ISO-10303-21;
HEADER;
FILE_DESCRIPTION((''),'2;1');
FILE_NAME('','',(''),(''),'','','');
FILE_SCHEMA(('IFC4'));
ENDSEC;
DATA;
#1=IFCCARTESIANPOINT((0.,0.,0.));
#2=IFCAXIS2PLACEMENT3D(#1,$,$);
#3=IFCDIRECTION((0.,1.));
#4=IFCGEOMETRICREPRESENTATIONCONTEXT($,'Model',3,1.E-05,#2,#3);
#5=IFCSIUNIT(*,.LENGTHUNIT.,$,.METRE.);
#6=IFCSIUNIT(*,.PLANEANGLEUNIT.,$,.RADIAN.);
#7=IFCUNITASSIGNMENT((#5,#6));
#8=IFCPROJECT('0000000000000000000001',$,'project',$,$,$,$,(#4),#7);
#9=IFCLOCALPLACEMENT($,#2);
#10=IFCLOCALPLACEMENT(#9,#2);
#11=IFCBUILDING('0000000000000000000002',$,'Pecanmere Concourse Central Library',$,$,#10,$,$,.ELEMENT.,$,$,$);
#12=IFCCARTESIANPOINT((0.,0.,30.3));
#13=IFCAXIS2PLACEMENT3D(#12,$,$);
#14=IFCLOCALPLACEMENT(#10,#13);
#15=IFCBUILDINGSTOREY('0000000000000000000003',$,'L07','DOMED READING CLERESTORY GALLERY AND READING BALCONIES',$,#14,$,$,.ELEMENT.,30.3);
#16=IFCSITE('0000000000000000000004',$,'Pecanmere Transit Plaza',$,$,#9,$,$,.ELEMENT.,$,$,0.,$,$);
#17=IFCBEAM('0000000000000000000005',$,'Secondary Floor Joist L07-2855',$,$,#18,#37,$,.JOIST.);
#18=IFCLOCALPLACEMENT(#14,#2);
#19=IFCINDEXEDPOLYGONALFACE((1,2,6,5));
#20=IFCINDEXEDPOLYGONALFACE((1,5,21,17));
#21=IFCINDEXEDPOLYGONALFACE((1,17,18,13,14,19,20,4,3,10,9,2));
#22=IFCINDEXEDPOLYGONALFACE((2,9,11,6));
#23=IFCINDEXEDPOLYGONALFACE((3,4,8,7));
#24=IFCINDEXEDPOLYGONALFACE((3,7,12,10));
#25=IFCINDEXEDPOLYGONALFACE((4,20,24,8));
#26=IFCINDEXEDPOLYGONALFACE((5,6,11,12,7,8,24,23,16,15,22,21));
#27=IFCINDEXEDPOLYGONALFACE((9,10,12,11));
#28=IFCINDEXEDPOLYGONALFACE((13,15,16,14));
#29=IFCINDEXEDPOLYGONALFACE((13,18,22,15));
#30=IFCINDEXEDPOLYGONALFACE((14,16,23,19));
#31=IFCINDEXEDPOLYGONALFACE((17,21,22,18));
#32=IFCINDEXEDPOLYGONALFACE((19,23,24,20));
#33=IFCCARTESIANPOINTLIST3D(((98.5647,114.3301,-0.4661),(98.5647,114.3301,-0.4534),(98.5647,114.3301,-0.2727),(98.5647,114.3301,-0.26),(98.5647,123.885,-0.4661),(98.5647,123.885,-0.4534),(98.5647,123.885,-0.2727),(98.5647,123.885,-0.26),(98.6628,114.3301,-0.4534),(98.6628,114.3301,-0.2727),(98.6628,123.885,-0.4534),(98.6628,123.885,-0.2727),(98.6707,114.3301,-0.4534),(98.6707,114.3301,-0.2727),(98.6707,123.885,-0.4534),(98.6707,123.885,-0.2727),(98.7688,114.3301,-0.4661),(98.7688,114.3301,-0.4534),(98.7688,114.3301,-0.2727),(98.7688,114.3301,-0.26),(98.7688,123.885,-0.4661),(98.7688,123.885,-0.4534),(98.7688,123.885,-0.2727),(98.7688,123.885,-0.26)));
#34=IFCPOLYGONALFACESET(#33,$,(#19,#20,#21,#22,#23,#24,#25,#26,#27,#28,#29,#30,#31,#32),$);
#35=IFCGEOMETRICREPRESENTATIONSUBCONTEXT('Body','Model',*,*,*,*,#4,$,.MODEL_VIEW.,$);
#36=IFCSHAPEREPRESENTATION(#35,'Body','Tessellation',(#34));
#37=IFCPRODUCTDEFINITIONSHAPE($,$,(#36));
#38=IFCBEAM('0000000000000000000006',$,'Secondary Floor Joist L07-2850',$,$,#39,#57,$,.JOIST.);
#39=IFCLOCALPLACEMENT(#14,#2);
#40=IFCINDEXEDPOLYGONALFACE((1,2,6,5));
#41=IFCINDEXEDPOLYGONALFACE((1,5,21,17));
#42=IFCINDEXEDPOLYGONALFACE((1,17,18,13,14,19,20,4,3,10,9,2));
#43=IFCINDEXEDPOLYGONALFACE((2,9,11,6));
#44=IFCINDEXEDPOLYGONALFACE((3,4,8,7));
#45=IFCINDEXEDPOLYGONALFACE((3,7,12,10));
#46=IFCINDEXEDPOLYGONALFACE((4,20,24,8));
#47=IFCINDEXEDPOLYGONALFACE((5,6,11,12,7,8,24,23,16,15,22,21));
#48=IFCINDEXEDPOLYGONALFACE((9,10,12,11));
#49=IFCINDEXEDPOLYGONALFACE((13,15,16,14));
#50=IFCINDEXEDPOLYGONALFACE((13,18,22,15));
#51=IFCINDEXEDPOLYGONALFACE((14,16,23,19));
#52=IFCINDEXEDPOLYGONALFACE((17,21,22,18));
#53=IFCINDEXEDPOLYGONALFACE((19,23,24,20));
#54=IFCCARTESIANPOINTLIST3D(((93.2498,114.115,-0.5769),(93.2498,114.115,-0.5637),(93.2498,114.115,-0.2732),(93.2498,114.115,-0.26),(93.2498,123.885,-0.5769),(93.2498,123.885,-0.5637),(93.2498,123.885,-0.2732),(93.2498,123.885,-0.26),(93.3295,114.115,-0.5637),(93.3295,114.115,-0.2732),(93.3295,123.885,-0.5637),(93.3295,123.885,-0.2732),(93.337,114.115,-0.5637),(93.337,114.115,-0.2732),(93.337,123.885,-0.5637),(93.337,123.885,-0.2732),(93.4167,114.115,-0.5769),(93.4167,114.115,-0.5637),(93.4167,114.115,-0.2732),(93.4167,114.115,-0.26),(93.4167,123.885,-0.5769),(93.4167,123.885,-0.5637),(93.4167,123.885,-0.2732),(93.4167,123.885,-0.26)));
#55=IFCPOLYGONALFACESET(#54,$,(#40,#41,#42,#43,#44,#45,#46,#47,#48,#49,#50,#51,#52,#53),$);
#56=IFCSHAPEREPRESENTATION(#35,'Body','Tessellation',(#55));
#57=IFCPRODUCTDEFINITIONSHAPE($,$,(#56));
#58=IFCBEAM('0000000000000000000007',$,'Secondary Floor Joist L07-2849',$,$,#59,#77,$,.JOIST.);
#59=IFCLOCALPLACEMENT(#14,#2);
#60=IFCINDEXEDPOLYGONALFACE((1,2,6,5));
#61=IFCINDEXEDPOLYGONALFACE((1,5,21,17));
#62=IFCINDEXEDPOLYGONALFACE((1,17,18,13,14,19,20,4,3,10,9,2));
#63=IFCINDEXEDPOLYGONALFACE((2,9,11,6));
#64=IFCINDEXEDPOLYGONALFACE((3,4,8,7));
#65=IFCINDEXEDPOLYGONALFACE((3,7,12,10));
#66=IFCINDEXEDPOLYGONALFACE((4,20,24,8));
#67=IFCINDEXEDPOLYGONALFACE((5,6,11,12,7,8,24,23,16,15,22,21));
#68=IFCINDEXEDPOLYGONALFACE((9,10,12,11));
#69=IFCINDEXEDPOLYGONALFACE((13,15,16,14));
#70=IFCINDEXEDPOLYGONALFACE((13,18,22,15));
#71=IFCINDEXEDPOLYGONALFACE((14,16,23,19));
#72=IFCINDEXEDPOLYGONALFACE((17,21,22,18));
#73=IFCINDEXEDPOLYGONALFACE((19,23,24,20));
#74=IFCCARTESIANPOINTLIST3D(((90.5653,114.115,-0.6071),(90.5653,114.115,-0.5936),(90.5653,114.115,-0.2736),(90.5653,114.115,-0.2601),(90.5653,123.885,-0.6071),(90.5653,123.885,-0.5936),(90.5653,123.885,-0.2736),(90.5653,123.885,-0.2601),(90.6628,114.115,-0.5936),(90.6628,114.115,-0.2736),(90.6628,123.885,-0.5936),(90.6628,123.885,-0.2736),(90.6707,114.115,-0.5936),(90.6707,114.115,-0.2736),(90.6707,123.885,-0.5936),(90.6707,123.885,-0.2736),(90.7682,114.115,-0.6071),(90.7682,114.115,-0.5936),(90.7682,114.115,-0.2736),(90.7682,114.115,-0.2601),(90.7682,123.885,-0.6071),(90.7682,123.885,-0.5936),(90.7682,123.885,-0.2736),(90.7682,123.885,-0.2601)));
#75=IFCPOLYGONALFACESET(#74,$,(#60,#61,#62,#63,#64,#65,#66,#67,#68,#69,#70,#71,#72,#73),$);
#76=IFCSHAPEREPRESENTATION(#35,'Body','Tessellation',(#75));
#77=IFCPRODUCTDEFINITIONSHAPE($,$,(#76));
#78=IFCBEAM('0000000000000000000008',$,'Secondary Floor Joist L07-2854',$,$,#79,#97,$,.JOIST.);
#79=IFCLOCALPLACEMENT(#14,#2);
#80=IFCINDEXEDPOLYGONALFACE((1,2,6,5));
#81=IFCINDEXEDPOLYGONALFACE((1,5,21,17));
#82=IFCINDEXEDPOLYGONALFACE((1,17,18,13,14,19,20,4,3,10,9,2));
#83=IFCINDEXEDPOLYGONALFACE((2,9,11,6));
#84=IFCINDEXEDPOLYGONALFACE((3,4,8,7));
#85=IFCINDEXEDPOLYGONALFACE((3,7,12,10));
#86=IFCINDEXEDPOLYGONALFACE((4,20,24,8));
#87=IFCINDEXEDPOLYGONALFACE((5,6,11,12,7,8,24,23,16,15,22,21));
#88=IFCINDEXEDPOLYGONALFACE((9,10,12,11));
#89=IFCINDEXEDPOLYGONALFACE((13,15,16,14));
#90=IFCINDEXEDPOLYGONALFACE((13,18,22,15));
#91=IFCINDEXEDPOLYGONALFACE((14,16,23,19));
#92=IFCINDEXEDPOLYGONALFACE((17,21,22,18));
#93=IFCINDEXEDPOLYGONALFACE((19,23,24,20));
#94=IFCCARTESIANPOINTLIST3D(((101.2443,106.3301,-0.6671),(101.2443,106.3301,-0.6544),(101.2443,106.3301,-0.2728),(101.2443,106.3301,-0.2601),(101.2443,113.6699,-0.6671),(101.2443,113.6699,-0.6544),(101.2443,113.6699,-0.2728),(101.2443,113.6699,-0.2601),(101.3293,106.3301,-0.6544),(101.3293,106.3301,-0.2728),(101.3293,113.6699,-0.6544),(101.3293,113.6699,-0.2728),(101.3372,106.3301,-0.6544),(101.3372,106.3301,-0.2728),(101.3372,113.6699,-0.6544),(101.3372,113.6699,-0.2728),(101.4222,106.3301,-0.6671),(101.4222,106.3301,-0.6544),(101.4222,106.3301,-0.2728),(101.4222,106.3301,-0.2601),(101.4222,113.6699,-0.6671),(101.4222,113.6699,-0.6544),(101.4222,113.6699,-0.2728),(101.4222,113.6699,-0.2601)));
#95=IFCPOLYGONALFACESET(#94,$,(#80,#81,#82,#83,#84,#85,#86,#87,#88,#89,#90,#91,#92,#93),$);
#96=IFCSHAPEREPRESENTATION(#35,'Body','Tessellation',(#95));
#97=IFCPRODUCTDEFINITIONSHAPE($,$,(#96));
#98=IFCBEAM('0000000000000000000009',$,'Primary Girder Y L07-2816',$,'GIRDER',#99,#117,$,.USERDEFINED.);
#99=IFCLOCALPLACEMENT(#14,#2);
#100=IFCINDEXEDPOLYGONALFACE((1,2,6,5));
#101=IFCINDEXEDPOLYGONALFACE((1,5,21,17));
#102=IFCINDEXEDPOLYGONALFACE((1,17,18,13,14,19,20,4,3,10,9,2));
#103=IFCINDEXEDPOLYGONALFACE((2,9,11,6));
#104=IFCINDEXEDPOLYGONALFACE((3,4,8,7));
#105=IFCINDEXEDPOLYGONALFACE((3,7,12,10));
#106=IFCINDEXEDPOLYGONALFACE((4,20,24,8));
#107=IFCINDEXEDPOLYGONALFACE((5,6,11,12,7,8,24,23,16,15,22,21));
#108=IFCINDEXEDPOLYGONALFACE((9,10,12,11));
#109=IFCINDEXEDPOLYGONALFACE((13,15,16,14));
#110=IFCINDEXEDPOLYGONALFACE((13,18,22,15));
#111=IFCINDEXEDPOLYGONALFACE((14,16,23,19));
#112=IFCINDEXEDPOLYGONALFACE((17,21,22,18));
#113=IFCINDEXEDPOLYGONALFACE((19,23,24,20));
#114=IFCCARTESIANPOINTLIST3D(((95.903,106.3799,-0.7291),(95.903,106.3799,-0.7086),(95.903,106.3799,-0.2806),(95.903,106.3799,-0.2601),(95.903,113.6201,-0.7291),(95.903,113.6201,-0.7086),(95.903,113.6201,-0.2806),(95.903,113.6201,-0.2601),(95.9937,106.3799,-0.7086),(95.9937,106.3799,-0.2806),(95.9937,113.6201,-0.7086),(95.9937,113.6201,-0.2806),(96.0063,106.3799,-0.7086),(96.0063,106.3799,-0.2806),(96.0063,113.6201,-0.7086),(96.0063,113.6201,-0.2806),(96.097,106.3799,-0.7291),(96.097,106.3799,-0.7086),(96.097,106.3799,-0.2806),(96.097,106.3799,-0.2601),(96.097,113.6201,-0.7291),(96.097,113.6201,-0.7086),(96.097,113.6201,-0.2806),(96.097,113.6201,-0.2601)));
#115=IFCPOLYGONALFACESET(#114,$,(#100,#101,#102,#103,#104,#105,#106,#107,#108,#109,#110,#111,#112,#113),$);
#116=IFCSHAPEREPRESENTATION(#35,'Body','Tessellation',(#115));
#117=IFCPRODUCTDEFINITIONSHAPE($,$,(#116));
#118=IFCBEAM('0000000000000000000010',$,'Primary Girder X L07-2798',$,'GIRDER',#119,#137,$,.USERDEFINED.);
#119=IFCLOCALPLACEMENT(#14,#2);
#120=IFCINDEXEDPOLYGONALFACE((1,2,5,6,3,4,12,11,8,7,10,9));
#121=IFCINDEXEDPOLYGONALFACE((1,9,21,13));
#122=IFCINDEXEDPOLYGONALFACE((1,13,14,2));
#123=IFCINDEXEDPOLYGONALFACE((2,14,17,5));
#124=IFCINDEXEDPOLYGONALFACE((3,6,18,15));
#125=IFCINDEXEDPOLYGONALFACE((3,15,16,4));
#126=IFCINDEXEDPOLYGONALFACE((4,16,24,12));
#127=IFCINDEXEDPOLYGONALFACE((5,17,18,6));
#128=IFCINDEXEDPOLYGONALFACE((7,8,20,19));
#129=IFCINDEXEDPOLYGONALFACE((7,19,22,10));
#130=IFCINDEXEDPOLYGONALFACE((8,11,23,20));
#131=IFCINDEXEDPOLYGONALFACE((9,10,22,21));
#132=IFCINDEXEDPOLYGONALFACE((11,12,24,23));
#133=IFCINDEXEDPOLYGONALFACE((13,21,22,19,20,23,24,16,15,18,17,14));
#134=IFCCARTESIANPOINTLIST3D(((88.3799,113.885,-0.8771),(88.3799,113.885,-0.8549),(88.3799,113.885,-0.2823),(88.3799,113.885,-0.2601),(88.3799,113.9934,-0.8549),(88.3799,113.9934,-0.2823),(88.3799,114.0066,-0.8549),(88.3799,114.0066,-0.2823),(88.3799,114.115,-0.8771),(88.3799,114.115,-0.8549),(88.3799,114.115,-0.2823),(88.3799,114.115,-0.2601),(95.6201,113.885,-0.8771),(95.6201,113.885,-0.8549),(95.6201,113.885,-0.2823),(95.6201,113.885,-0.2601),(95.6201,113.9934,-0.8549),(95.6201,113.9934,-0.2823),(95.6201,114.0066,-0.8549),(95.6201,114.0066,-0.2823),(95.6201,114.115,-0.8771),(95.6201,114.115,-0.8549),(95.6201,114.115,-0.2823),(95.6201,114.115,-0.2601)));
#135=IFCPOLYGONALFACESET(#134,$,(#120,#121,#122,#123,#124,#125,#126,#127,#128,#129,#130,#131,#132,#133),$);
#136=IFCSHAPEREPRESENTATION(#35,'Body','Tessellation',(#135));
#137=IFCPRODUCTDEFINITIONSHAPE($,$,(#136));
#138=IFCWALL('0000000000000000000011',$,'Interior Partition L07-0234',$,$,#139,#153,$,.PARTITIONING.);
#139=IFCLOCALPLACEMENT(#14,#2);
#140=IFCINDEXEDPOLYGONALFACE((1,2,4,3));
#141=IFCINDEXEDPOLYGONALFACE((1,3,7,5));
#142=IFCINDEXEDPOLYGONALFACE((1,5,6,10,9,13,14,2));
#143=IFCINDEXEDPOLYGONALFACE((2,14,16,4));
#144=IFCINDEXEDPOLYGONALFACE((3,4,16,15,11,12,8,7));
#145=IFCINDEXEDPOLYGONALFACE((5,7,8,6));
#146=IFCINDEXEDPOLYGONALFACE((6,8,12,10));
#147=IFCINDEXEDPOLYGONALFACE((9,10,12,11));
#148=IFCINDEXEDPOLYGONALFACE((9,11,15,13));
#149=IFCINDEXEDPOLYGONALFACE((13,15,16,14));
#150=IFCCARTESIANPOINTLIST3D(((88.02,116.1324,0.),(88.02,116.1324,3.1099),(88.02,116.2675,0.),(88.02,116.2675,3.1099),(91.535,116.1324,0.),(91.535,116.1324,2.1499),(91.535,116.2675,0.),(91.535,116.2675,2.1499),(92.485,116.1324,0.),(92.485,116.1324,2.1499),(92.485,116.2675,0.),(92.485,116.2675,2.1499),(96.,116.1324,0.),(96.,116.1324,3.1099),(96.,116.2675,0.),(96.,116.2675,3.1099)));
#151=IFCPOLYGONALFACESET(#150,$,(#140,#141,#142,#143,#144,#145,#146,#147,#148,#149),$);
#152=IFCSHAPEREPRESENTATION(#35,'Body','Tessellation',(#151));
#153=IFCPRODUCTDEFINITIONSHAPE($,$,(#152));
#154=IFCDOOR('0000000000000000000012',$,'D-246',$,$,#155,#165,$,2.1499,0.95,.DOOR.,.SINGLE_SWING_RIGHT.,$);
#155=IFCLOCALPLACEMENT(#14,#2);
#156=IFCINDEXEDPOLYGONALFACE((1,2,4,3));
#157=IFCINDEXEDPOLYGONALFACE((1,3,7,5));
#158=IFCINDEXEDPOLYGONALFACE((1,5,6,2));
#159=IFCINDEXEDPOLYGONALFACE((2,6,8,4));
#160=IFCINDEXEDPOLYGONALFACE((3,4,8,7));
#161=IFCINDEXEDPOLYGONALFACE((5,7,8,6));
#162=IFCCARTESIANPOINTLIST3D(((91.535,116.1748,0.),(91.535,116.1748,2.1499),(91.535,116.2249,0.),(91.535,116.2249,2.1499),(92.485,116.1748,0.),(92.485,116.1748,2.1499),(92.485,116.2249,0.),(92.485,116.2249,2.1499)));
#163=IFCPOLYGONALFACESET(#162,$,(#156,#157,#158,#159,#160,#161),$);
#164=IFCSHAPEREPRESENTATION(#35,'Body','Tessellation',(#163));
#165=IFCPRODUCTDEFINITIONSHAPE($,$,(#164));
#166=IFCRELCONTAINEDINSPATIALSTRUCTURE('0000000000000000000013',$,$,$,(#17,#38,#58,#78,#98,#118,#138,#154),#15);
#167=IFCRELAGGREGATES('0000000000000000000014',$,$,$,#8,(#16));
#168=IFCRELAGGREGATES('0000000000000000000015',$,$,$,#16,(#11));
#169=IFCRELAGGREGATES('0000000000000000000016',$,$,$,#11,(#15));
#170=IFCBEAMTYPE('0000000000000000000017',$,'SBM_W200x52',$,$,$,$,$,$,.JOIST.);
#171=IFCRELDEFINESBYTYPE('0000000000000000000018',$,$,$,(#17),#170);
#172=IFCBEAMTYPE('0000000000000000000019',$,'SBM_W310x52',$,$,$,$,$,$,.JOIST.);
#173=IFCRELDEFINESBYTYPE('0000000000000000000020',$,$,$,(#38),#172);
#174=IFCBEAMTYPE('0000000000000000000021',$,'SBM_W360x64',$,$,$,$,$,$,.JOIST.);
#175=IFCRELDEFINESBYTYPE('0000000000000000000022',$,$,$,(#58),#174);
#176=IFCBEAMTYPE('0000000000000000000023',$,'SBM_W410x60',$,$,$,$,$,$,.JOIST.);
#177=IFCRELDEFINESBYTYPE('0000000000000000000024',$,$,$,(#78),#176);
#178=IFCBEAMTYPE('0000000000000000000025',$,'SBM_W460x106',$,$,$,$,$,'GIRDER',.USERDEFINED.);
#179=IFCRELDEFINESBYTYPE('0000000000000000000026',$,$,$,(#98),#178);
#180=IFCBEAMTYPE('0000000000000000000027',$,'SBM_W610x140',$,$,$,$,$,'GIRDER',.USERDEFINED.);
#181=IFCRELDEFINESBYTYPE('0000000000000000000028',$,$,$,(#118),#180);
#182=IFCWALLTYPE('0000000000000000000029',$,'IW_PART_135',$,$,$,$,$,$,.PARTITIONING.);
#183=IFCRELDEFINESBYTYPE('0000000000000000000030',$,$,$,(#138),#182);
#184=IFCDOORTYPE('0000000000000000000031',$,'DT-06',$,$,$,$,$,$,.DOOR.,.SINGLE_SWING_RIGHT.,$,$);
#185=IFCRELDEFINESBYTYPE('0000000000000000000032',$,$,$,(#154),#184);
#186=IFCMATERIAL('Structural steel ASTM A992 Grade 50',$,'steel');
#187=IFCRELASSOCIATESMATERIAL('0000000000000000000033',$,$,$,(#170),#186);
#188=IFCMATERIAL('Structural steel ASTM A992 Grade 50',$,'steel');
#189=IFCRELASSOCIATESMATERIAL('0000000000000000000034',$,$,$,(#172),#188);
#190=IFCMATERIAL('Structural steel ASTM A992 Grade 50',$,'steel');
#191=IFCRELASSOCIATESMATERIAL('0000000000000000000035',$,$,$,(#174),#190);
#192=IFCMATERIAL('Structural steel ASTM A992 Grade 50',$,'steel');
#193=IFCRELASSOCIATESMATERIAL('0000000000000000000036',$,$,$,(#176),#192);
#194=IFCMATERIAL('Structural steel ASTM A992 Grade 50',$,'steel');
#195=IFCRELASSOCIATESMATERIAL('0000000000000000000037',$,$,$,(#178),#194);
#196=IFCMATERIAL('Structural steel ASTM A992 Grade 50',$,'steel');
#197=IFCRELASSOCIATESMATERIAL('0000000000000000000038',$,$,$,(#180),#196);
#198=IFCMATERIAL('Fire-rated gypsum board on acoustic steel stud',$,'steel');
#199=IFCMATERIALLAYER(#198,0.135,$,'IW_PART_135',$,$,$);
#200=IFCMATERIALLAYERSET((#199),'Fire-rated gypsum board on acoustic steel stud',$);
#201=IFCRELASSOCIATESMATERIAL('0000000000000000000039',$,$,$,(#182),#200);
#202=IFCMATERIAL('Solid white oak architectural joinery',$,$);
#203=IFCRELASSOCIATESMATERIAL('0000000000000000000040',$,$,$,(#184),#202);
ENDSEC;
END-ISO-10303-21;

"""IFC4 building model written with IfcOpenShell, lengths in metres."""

from ifc_helpers import new_model, si_unit, direction, frame, frame_2d, origin, origin_2d, place, context, subcontext, project, spatial, rectangle, i_section, extrude, material, layer, layer_set, material_profile, profile_set, type_object, element, fill, save


model = new_model("IFC4")

# Units and contexts
model_context = context("Model", 3, precision=1e-05, world=origin(), true_north=direction((0.0, 1.0)))
body_context = subcontext(model_context, "Body", "Model", "MODEL_VIEW")
ifc_project = project(units=[si_unit("LENGTHUNIT", "METRE"), si_unit("PLANEANGLEUNIT", "RADIAN")], contexts=[model_context])

# Site, building, storey
site_placement = place(None, origin())
site = spatial("IfcSite", under=ifc_project, at=site_placement, Name="Pecanmere Transit Plaza", CompositionType="ELEMENT", RefElevation=0.0)
building_placement = place(site_placement, origin())
building = spatial("IfcBuilding", under=site, at=building_placement, Name="Pecanmere Concourse Central Library", CompositionType="ELEMENT")
storey_placement = place(building_placement, frame((0.0, 0.0, 30.3)))
storey = spatial("IfcBuildingStorey", under=building, at=storey_placement, Name="L07", Description="DOMED READING CLERESTORY GALLERY AND READING BALCONIES", CompositionType="ELEMENT", Elevation=30.3)

# Beams
ifc_material_1 = material(Name="Structural steel ASTM A992 Grade 50", Category="steel")
ifc_material_profile_1 = material_profile(ifc_material_1, i_section(OverallWidth=0.2041, OverallDepth=0.2061, WebThickness=0.0078, FlangeThickness=0.0127, at=origin_2d()), Name="W200x52")
ifc_profile_set_1 = profile_set([ifc_material_profile_1], Name="Structural steel ASTM A992 Grade 50")
beam_type_1 = type_object("IfcBeamType", Name="SBM_W200x52", PredefinedType="JOIST", material=ifc_profile_set_1)
beam_1_placement = place(storey_placement, frame((98.6667, 114.3301, -0.363), z_axis=(0.0, 1.0, 0.0), x_axis=(-1.0, 0.0, 0.0)))
element("IfcBeam", 1, at=beam_1_placement, inside=storey, type_object=beam_type_1, Name="Secondary Floor Joist L07-2855", PredefinedType="JOIST", context=body_context, shape_type="SweptSolid", body=[
    extrude(i_section(OverallWidth=0.2041, OverallDepth=0.2061, WebThickness=0.0078, FlangeThickness=0.0127, at=origin_2d()), origin(), (0.0, 0.0, 1.0), 9.5549),
])
ifc_material_2 = material(Name="Structural steel ASTM A992 Grade 50", Category="steel")
ifc_material_profile_2 = material_profile(ifc_material_2, i_section(OverallWidth=0.167, OverallDepth=0.3169, WebThickness=0.0076, FlangeThickness=0.0132, at=origin_2d()), Name="W310x52")
ifc_profile_set_2 = profile_set([ifc_material_profile_2], Name="Structural steel ASTM A992 Grade 50")
beam_type_2 = type_object("IfcBeamType", Name="SBM_W310x52", PredefinedType="JOIST", material=ifc_profile_set_2)
beam_2_placement = place(storey_placement, frame((93.3333, 114.115, -0.4185), z_axis=(0.0, 1.0, 0.0), x_axis=(-1.0, 0.0, 0.0)))
element("IfcBeam", 2, at=beam_2_placement, inside=storey, type_object=beam_type_2, Name="Secondary Floor Joist L07-2850", PredefinedType="JOIST", context=body_context, shape_type="SweptSolid", body=[
    extrude(i_section(OverallWidth=0.167, OverallDepth=0.3169, WebThickness=0.0076, FlangeThickness=0.0132, at=origin_2d()), origin(), (0.0, 0.0, 1.0), 9.77),
])
ifc_material_3 = material(Name="Structural steel ASTM A992 Grade 50", Category="steel")
ifc_material_profile_3 = material_profile(ifc_material_3, i_section(OverallWidth=0.2029, OverallDepth=0.3469, WebThickness=0.0078, FlangeThickness=0.0134, at=origin_2d()), Name="W360x64")
ifc_profile_set_3 = profile_set([ifc_material_profile_3], Name="Structural steel ASTM A992 Grade 50")
beam_type_3 = type_object("IfcBeamType", Name="SBM_W360x64", PredefinedType="JOIST", material=ifc_profile_set_3)
beam_3_placement = place(storey_placement, frame((90.6667, 114.115, -0.4336), z_axis=(0.0, 1.0, 0.0), x_axis=(-1.0, 0.0, 0.0)))
element("IfcBeam", 3, at=beam_3_placement, inside=storey, type_object=beam_type_3, Name="Secondary Floor Joist L07-2849", PredefinedType="JOIST", context=body_context, shape_type="SweptSolid", body=[
    extrude(i_section(OverallWidth=0.2029, OverallDepth=0.3469, WebThickness=0.0078, FlangeThickness=0.0134, at=origin_2d()), origin(), (0.0, 0.0, 1.0), 9.77),
])
ifc_material_4 = material(Name="Structural steel ASTM A992 Grade 50", Category="steel")
ifc_material_profile_4 = material_profile(ifc_material_4, i_section(OverallWidth=0.178, OverallDepth=0.407, WebThickness=0.0078, FlangeThickness=0.0127, at=origin_2d()), Name="W410x60")
ifc_profile_set_4 = profile_set([ifc_material_profile_4], Name="Structural steel ASTM A992 Grade 50")
beam_type_4 = type_object("IfcBeamType", Name="SBM_W410x60", PredefinedType="JOIST", material=ifc_profile_set_4)
beam_4_placement = place(storey_placement, frame((101.3333, 106.3301, -0.4636), z_axis=(0.0, 1.0, 0.0), x_axis=(-1.0, 0.0, 0.0)))
element("IfcBeam", 4, at=beam_4_placement, inside=storey, type_object=beam_type_4, Name="Secondary Floor Joist L07-2854", PredefinedType="JOIST", context=body_context, shape_type="SweptSolid", body=[
    extrude(i_section(OverallWidth=0.178, OverallDepth=0.407, WebThickness=0.0078, FlangeThickness=0.0127, at=origin_2d()), origin(), (0.0, 0.0, 1.0), 7.3398),
])
ifc_material_5 = material(Name="Structural steel ASTM A992 Grade 50", Category="steel")
ifc_material_profile_5 = material_profile(ifc_material_5, i_section(OverallWidth=0.1941, OverallDepth=0.469, WebThickness=0.0127, FlangeThickness=0.0205, at=origin_2d()), Name="W460x106")
ifc_profile_set_5 = profile_set([ifc_material_profile_5], Name="Structural steel ASTM A992 Grade 50")
beam_type_5 = type_object("IfcBeamType", Name="SBM_W460x106", ElementType="GIRDER", PredefinedType="USERDEFINED", material=ifc_profile_set_5)
beam_5_placement = place(storey_placement, frame((96.0, 106.3799, -0.4946), z_axis=(0.0, 1.0, 0.0), x_axis=(-1.0, 0.0, 0.0)))
element("IfcBeam", 5, at=beam_5_placement, inside=storey, type_object=beam_type_5, Name="Primary Girder Y L07-2816", ObjectType="GIRDER", PredefinedType="USERDEFINED", context=body_context, shape_type="SweptSolid", body=[
    extrude(i_section(OverallWidth=0.1941, OverallDepth=0.469, WebThickness=0.0127, FlangeThickness=0.0205, at=origin_2d()), origin(), (0.0, 0.0, 1.0), 7.2402),
])
ifc_material_6 = material(Name="Structural steel ASTM A992 Grade 50", Category="steel")
ifc_material_profile_6 = material_profile(ifc_material_6, i_section(OverallWidth=0.23, OverallDepth=0.6169, WebThickness=0.0132, FlangeThickness=0.0222, at=origin_2d()), Name="W610x140")
ifc_profile_set_6 = profile_set([ifc_material_profile_6], Name="Structural steel ASTM A992 Grade 50")
beam_type_6 = type_object("IfcBeamType", Name="SBM_W610x140", ElementType="GIRDER", PredefinedType="USERDEFINED", material=ifc_profile_set_6)
beam_6_placement = place(storey_placement, frame((88.3799, 114.0, -0.5686), z_axis=(1.0, 0.0, 0.0), x_axis=(0.0, 1.0, 0.0)))
element("IfcBeam", 6, at=beam_6_placement, inside=storey, type_object=beam_type_6, Name="Primary Girder X L07-2798", ObjectType="GIRDER", PredefinedType="USERDEFINED", context=body_context, shape_type="SweptSolid", body=[
    extrude(i_section(OverallWidth=0.23, OverallDepth=0.6169, WebThickness=0.0132, FlangeThickness=0.0222, at=origin_2d()), origin(), (0.0, 0.0, 1.0), 7.2402),
])

# Wall, opening, door
ifc_material_7 = material(Name="Fire-rated gypsum board on acoustic steel stud", Category="steel")
ifc_layer_1 = layer(ifc_material_7, 0.135, Name="IW_PART_135")
ifc_layer_set_1 = layer_set([ifc_layer_1], Name="Fire-rated gypsum board on acoustic steel stud")
wall_type_1 = type_object("IfcWallType", Name="IW_PART_135", PredefinedType="PARTITIONING", material=ifc_layer_set_1)
wall_1_placement = place(storey_placement, frame((88.02, 116.2, 0.0), z_axis=(0.0, 0.0, 1.0), x_axis=(1.0, 0.0, 0.0)))
wall_1 = element("IfcWall", 7, at=wall_1_placement, inside=storey, type_object=wall_type_1, Name="Interior Partition L07-0234", PredefinedType="PARTITIONING", context=body_context, shape_type="SweptSolid", body=[
    extrude(rectangle(XDim=7.98, YDim=0.135, at=frame_2d((3.99, 0.0))), origin(), (0.0, 0.0, 1.0), 3.1099),
])
opening_1_placement = place(wall_1_placement, frame((3.5149, 0.0, 0.0)))
opening_1 = element("IfcOpeningElement", 8, at=opening_1_placement, cuts=wall_1, PredefinedType="OPENING", context=body_context, shape_type="SweptSolid", body=[
    extrude(rectangle(XDim=0.95, YDim=2.1499, at=frame_2d((0.4751, 1.075))), frame((0.0, 0.0796, 0.0), z_axis=(0.0, -1.0, 0.0), x_axis=(1.0, 0.0, 0.0)), (0.0, 0.0, 1.0), 0.1589),
])
ifc_material_8 = material(Name="Solid white oak architectural joinery")
door_type_1 = type_object("IfcDoorType", Name="DT-06", OperationType="SINGLE_SWING_RIGHT", PredefinedType="DOOR", material=ifc_material_8)
door_1_placement = place(opening_1_placement, origin())
door_1 = element("IfcDoor", 9, at=door_1_placement, inside=storey, type_object=door_type_1, Name="D-246", OperationType="SINGLE_SWING_RIGHT", OverallHeight=2.1499, OverallWidth=0.95, PredefinedType="DOOR", context=body_context, shape_type="SweptSolid", body=[
    extrude(rectangle(XDim=0.95, YDim=2.1499, at=frame_2d((0.4751, 1.075))), frame((0.0, 0.0249, 0.0), z_axis=(0.0, -1.0, 0.0), x_axis=(1.0, 0.0, 0.0)), (0.0, 0.0, 1.0), 0.05),
])
fill(opening_1, door_1)

save(model, "model.ifc")
